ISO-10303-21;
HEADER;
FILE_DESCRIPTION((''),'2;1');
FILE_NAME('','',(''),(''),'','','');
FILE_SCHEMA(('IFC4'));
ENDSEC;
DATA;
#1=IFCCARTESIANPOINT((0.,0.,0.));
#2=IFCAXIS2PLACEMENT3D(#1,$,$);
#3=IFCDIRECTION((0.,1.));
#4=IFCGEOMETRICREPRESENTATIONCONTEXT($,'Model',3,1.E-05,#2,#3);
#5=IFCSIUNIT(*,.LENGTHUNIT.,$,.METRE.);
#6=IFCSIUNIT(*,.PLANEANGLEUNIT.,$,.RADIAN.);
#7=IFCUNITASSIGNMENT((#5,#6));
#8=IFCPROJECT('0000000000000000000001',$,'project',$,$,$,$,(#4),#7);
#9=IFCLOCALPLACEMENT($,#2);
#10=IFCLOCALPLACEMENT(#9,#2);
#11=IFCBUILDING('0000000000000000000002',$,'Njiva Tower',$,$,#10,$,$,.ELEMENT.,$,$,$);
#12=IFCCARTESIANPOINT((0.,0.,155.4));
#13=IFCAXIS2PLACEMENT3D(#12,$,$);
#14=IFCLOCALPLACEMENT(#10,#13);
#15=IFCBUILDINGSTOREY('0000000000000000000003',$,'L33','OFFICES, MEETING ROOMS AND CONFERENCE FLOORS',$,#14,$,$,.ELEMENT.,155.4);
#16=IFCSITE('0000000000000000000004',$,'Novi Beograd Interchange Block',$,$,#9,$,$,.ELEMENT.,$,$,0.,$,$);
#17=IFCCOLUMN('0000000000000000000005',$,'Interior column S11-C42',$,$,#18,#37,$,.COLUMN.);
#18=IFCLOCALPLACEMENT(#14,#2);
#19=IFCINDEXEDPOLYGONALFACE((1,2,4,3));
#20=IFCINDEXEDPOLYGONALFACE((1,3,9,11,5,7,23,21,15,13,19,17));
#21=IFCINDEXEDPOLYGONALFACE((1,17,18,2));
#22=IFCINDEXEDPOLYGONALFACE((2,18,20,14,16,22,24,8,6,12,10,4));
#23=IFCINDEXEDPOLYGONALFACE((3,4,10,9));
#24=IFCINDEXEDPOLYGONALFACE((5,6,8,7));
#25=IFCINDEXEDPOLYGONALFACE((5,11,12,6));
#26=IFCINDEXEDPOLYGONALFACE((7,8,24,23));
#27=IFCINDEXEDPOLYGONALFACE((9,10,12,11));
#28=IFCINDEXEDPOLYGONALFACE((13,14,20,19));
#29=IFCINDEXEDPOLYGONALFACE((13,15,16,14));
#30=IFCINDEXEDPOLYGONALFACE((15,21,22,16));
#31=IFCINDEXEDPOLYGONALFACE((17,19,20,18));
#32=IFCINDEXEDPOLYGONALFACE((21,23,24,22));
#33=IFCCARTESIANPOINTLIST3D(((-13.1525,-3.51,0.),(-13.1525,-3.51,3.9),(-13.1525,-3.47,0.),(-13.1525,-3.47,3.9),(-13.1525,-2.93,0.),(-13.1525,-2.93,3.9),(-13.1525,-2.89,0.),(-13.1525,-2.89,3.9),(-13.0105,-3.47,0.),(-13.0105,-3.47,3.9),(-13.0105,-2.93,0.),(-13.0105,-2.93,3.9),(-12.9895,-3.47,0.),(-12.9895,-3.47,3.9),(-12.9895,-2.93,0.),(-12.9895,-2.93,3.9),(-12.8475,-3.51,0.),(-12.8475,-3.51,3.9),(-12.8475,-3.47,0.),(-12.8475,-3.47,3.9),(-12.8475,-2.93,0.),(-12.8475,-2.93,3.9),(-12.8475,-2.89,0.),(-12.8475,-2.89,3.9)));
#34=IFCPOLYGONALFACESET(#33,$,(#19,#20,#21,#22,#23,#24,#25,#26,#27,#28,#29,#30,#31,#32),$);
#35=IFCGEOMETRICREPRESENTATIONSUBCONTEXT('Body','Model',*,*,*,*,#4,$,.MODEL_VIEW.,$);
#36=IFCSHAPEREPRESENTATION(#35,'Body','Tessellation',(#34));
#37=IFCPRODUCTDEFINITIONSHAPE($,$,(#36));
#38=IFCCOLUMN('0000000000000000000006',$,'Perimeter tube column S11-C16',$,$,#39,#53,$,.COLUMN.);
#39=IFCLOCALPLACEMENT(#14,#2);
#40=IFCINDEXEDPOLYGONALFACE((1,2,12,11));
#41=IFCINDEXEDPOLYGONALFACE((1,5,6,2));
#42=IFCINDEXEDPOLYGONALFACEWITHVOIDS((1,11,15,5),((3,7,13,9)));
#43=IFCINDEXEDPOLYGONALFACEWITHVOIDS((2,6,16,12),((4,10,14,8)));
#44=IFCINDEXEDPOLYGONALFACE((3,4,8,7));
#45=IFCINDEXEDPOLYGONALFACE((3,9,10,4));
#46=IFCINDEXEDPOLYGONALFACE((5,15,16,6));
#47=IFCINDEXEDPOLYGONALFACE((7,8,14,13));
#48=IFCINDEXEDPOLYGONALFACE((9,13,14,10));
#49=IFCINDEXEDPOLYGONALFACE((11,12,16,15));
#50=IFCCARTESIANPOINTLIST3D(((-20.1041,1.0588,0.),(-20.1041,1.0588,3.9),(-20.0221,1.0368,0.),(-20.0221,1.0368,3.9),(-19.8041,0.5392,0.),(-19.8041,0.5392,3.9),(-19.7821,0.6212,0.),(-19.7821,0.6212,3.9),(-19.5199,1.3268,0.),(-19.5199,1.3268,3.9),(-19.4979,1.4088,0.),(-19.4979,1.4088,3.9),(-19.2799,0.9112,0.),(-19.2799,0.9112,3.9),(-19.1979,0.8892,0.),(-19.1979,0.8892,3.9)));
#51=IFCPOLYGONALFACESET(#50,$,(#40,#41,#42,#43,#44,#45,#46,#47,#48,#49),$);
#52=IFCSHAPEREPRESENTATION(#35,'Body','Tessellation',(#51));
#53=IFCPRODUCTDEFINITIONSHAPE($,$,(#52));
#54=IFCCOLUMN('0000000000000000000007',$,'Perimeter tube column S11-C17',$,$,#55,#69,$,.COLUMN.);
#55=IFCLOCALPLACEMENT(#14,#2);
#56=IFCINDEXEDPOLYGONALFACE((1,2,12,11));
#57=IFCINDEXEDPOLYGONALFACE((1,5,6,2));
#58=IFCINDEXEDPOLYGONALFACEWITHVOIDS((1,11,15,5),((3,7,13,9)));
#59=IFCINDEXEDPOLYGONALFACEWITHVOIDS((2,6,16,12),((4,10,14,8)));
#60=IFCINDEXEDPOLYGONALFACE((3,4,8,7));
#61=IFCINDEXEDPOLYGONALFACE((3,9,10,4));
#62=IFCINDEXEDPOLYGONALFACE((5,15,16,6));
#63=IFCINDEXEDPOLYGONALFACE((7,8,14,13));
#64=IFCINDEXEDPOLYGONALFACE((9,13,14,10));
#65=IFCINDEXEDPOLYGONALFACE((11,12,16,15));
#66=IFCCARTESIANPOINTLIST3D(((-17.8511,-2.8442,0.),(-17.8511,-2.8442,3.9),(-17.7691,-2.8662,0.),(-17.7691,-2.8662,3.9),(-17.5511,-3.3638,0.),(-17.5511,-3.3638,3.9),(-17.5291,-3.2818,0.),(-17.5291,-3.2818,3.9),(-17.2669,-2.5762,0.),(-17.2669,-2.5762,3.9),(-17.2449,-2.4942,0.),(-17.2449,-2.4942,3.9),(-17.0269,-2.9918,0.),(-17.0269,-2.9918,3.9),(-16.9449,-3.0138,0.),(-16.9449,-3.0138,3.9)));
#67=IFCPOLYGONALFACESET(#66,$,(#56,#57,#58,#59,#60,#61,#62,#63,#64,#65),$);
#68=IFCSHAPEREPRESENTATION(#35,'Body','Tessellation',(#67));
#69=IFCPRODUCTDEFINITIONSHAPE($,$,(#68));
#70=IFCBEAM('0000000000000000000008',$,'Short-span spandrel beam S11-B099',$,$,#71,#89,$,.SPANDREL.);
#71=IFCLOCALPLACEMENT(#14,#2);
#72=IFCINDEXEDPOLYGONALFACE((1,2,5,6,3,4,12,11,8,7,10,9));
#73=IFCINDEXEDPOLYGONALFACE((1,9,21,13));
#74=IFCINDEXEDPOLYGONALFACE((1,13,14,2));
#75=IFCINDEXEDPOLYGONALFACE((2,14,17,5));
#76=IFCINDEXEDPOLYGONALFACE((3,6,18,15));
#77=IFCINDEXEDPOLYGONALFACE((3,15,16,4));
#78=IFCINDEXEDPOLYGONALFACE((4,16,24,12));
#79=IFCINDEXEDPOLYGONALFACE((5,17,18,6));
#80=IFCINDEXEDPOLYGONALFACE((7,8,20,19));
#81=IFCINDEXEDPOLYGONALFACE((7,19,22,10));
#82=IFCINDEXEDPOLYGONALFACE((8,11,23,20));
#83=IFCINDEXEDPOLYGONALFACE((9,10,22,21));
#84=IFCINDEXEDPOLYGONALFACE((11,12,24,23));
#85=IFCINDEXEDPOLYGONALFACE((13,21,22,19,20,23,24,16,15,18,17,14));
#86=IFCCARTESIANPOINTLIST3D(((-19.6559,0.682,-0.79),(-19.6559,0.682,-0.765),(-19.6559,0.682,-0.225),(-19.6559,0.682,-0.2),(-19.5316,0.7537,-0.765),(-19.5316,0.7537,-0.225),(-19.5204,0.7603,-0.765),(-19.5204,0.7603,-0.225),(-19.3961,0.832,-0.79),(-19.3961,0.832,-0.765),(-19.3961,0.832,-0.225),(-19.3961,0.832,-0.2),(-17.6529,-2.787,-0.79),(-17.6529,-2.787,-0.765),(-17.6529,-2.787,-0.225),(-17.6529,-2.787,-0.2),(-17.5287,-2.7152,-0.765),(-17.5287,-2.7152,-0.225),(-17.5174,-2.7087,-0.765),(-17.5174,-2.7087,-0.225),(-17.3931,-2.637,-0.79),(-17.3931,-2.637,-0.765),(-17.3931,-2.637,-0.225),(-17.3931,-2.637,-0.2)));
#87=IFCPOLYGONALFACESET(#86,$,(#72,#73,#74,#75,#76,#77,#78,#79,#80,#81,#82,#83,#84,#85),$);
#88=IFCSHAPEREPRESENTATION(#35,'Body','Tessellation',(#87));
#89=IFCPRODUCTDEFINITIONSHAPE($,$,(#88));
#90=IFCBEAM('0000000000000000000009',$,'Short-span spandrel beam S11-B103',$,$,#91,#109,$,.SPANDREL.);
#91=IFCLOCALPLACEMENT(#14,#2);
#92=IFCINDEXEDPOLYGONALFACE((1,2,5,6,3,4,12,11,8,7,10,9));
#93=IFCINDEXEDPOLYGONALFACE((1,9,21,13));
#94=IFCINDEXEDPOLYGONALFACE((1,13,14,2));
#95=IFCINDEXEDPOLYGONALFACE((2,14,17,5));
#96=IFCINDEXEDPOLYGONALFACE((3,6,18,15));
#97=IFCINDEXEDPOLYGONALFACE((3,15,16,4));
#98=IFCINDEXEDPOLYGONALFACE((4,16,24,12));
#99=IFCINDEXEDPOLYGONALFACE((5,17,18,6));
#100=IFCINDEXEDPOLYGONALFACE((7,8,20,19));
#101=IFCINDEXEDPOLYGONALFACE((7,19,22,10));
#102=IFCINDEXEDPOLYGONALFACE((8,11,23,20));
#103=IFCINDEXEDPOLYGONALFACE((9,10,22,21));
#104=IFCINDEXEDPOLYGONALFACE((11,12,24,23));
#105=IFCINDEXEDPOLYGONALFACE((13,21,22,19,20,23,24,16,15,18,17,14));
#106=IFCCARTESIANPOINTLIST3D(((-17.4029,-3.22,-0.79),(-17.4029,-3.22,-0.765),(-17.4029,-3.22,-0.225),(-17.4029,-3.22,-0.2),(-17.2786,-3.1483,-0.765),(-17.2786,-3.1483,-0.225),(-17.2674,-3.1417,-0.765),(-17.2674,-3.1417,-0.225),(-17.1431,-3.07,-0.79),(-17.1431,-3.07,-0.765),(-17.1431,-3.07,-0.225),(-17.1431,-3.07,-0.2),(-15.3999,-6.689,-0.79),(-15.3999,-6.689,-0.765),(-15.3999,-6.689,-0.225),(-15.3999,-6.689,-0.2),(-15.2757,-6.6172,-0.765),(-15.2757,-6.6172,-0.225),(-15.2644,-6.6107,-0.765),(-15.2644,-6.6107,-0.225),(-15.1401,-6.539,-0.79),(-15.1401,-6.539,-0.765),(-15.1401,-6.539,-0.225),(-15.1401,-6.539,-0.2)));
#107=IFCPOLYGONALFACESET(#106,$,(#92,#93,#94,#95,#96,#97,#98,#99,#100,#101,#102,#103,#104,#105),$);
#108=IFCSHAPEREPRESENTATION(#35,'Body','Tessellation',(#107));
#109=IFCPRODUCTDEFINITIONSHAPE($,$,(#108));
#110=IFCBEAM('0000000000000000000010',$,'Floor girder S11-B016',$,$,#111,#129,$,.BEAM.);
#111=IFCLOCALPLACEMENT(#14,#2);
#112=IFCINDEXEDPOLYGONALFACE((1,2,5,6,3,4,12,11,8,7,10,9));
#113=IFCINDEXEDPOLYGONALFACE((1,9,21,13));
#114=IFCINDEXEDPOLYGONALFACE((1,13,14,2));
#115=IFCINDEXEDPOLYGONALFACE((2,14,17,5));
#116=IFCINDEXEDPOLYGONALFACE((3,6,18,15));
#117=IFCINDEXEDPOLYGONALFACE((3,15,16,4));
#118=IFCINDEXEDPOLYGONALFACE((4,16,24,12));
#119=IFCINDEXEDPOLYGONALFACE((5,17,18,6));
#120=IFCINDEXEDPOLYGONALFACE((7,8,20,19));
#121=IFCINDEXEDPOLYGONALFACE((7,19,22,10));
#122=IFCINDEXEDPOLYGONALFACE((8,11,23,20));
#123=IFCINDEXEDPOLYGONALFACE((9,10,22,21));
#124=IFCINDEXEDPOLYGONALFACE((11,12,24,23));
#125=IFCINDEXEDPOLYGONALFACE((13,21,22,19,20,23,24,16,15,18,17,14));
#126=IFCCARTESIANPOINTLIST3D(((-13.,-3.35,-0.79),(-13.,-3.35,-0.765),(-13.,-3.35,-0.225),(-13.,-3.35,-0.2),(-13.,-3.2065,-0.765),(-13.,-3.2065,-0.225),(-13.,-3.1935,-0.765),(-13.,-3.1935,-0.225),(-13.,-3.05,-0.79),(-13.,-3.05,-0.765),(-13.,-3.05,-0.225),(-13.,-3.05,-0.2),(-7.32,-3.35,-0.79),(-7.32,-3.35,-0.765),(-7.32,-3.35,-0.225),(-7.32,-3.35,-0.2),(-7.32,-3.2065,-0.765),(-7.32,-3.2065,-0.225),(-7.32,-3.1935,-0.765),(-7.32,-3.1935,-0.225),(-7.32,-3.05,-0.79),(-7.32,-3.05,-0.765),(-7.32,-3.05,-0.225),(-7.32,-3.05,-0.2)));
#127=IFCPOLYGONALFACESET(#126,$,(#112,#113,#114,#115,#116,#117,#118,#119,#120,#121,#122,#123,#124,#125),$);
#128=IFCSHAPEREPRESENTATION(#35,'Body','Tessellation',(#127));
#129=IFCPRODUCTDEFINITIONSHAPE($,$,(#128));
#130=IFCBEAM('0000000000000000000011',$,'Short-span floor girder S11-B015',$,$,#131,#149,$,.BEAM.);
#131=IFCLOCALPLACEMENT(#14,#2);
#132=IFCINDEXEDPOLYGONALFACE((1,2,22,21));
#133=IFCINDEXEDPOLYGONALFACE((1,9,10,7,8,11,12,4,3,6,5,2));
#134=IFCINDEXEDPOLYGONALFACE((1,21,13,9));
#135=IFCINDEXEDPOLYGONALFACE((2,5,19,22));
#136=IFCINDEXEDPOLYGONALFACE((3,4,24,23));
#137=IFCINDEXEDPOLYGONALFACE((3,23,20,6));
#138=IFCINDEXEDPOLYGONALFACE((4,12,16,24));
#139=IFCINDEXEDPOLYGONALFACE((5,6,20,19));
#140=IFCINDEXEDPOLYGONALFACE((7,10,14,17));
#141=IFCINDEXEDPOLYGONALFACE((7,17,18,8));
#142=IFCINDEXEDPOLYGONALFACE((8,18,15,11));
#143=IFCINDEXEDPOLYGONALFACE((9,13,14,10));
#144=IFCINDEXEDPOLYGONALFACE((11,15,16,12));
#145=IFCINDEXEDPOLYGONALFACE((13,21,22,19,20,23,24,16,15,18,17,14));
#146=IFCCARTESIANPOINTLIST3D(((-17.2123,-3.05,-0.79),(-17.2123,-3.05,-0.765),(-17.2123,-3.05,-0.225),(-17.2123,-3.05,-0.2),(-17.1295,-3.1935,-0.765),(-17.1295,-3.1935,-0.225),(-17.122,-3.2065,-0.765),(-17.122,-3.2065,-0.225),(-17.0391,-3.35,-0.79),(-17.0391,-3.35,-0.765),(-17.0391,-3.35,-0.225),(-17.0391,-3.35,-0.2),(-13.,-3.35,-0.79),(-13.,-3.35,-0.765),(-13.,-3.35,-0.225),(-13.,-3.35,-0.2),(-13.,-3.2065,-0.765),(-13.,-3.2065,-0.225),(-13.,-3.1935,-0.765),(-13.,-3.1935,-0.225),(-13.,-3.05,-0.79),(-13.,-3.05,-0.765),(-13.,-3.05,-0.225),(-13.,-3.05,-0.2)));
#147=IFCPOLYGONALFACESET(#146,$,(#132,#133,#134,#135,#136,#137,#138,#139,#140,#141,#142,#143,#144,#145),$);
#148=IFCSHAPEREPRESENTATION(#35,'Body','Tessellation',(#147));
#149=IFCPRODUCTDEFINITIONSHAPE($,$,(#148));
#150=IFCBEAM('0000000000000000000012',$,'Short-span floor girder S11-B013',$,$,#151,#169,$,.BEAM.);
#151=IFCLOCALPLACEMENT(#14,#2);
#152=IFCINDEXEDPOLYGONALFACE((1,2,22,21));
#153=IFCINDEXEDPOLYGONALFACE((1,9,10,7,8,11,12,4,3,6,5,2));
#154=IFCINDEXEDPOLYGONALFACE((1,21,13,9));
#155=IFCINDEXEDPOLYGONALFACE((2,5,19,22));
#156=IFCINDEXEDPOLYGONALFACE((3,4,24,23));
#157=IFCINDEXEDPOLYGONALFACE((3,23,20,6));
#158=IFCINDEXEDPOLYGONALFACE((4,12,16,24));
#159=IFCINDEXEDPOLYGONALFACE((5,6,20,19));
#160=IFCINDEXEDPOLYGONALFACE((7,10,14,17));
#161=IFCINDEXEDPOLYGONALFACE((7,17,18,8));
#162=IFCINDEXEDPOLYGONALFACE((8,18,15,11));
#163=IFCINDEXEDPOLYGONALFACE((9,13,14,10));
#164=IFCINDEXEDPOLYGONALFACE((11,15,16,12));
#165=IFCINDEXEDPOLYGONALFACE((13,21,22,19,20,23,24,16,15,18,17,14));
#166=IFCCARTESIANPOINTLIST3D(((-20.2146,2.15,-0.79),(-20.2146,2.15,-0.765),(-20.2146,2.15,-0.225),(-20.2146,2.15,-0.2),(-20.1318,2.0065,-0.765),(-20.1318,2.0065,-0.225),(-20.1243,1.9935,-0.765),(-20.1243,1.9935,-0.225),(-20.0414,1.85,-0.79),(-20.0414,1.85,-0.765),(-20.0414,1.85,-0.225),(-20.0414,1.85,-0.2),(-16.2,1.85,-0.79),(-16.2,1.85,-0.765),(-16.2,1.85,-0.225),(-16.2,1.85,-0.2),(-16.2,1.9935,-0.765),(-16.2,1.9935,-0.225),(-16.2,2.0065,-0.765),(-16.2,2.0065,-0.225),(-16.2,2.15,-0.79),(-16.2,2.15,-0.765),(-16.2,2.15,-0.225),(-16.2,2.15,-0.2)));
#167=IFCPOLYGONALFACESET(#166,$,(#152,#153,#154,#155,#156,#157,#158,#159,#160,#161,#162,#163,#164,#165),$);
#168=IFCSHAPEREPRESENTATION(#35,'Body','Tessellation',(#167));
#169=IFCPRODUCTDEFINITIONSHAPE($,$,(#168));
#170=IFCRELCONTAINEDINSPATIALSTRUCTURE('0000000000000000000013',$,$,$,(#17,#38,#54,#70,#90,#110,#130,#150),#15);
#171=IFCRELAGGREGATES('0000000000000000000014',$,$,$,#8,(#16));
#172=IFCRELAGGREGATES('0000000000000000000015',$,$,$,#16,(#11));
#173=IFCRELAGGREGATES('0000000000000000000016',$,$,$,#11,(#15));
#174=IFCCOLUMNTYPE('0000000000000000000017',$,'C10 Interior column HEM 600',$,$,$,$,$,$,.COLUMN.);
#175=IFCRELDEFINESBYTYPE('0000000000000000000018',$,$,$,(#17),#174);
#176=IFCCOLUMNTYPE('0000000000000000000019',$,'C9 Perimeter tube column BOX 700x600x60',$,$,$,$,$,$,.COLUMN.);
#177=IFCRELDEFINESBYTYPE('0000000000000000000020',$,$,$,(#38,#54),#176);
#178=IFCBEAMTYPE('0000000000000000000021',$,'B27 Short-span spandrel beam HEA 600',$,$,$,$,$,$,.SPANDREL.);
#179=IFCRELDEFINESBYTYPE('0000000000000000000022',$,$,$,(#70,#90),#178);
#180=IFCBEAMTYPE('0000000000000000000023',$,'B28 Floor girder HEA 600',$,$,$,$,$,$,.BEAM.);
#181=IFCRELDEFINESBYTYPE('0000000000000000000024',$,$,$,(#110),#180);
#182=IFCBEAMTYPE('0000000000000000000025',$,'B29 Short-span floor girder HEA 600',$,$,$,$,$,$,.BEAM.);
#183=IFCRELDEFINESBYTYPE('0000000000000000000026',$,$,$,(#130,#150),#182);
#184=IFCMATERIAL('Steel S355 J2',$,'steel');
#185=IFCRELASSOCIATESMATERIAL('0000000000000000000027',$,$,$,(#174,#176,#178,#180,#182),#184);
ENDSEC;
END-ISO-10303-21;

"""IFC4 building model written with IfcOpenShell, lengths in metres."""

from ifc_helpers import new_model, si_unit, direction, frame, origin, origin_2d, place, context, subcontext, project, spatial, hollow_rectangle, i_section, extrude, clip, halfspace, material, material_profile, profile_set, type_object, element, save


model = new_model("IFC4")

# Units and contexts
model_context = context("Model", 3, precision=1e-05, world=origin(), true_north=direction((0.0, 1.0)))
body_context = subcontext(model_context, "Body", "Model", "MODEL_VIEW")
ifc_project = project(units=[si_unit("LENGTHUNIT", "METRE"), si_unit("PLANEANGLEUNIT", "RADIAN")], contexts=[model_context])

# Site, building, storey
site_placement = place(None, origin())
site = spatial("IfcSite", under=ifc_project, at=site_placement, Name="Novi Beograd Interchange Block", CompositionType="ELEMENT", RefElevation=0.0)
building_placement = place(site_placement, origin())
building = spatial("IfcBuilding", under=site, at=building_placement, Name="Njiva Tower", CompositionType="ELEMENT")
storey_placement = place(building_placement, frame((0.0, 0.0, 155.4)))
storey = spatial("IfcBuildingStorey", under=building, at=storey_placement, Name="L33", Description="OFFICES, MEETING ROOMS AND CONFERENCE FLOORS", CompositionType="ELEMENT", Elevation=155.4)

# Columns
ifc_material_1 = material(Name="Steel S355 J2", Category="steel")
ifc_material_profile_1 = material_profile(ifc_material_1, i_section(OverallWidth=0.305, OverallDepth=0.62, WebThickness=0.021, FlangeThickness=0.04, at=origin_2d()), Name="HEM 600")
ifc_profile_set_1 = profile_set([ifc_material_profile_1], Name="Steel S355 J2")
column_type_1 = type_object("IfcColumnType", Name="C10 Interior column HEM 600", PredefinedType="COLUMN", material=ifc_profile_set_1)
column_placement = place(storey_placement, frame((-13.0, -3.2, 0.0), z_axis=(0.0, 0.0, 1.0), x_axis=(1.0, 0.0, 0.0)))
element("IfcColumn", 1, at=column_placement, inside=storey, type_object=column_type_1, Name="Interior column S11-C42", PredefinedType="COLUMN", context=body_context, shape_type="SweptSolid", body=[
    extrude(i_section(OverallWidth=0.305, OverallDepth=0.62, WebThickness=0.021, FlangeThickness=0.04, at=origin_2d()), origin(), (0.0, 0.0, 1.0), 3.9),
])
ifc_material_profile_2 = material_profile(ifc_material_1, hollow_rectangle(XDim=0.6, YDim=0.7, WallThickness=0.06, at=origin_2d()), Name="BOX 700x600x60")
ifc_profile_set_2 = profile_set([ifc_material_profile_2], Name="Steel S355 J2")
column_type_2 = type_object("IfcColumnType", Name="C9 Perimeter tube column BOX 700x600x60", PredefinedType="COLUMN", material=ifc_profile_set_2)
for number, where, z_axis, x_axis, name in (
    (2, (-19.651, 0.974, 0.0), (0.0, 0.0, 1.0), (0.5, -0.866025, 0.0), "Perimeter tube column S11-C16"),
    (3, (-17.398, -2.929, 0.0), (0.0, 0.0, 1.0), (0.5, -0.866025, 0.0), "Perimeter tube column S11-C17"),
):
    element("IfcColumn", number, at=place(storey_placement, frame(where, z_axis=z_axis, x_axis=x_axis)), inside=storey, type_object=column_type_2, Name=name, PredefinedType="COLUMN", context=body_context, shape_type="SweptSolid", body=[
        extrude(hollow_rectangle(XDim=0.6, YDim=0.7, WallThickness=0.06, at=origin_2d()), origin(), (0.0, 0.0, 1.0), 3.9),
    ])

# Beams
ifc_material_profile_3 = material_profile(ifc_material_1, i_section(OverallWidth=0.3, OverallDepth=0.59, WebThickness=0.013, FlangeThickness=0.025, at=origin_2d()), Name="HEA 600")
ifc_profile_set_3 = profile_set([ifc_material_profile_3], Name="Steel S355 J2")
beam_type_1 = type_object("IfcBeamType", Name="B27 Short-span spandrel beam HEA 600", PredefinedType="SPANDREL", material=ifc_profile_set_3)
for number, where, z_axis, x_axis, name in (
    (4, (-19.526, 0.757, -0.495), (0.500032, -0.866007, 0.0), (0.866007, 0.500032, 0.0), "Short-span spandrel beam S11-B099"),
    (5, (-17.273, -3.145, -0.495), (0.500032, -0.866007, 0.0), (0.866007, 0.500032, 0.0), "Short-span spandrel beam S11-B103"),
):
    element("IfcBeam", number, at=place(storey_placement, frame(where, z_axis=z_axis, x_axis=x_axis)), inside=storey, type_object=beam_type_1, Name=name, PredefinedType="SPANDREL", context=body_context, shape_type="SweptSolid", body=[
        extrude(i_section(OverallWidth=0.3, OverallDepth=0.59, WebThickness=0.013, FlangeThickness=0.025, at=origin_2d()), origin(), (0.0, 0.0, 1.0), 4.0057),
    ])
ifc_material_profile_4 = material_profile(ifc_material_1, i_section(OverallWidth=0.3, OverallDepth=0.59, WebThickness=0.013, FlangeThickness=0.025, at=origin_2d()), Name="HEA 600")
ifc_profile_set_4 = profile_set([ifc_material_profile_4], Name="Steel S355 J2")
beam_type_2 = type_object("IfcBeamType", Name="B28 Floor girder HEA 600", PredefinedType="BEAM", material=ifc_profile_set_4)
beam_1_placement = place(storey_placement, frame((-13.0, -3.2, -0.495), z_axis=(1.0, 0.0, 0.0), x_axis=(0.0, 1.0, 0.0)))
element("IfcBeam", 6, at=beam_1_placement, inside=storey, type_object=beam_type_2, Name="Floor girder S11-B016", PredefinedType="BEAM", context=body_context, shape_type="SweptSolid", body=[
    extrude(i_section(OverallWidth=0.3, OverallDepth=0.59, WebThickness=0.013, FlangeThickness=0.025, at=origin_2d()), origin(), (0.0, 0.0, 1.0), 5.68),
])
ifc_material_profile_5 = material_profile(ifc_material_1, i_section(OverallWidth=0.3, OverallDepth=0.59, WebThickness=0.013, FlangeThickness=0.025, at=origin_2d()), Name="HEA 600")
ifc_profile_set_5 = profile_set([ifc_material_profile_5], Name="Steel S355 J2")
beam_type_3 = type_object("IfcBeamType", Name="B29 Short-span floor girder HEA 600", PredefinedType="BEAM", material=ifc_profile_set_5)
beam_2_placement = place(storey_placement, frame((-17.233, -3.2, -0.495), z_axis=(1.0, 0.0, 0.0), x_axis=(0.0, 1.0, 0.0)))
element("IfcBeam", 7, at=beam_2_placement, inside=storey, type_object=beam_type_3, Name="Short-span floor girder S11-B015", PredefinedType="BEAM", context=body_context, shape_type="Clipping", body=[
    clip(extrude(i_section(OverallWidth=0.3, OverallDepth=0.59, WebThickness=0.013, FlangeThickness=0.025, at=origin_2d()), origin(), (0.0, 0.0, 1.0), 4.233), halfspace(frame((-0.025, 0.0, 0.1217), z_axis=(-0.499998, 0.0, -0.866027), x_axis=(0.0, -1.0, 0.0)), False)),
])
beam_3_placement = place(storey_placement, frame((-20.235, 2.0, -0.495), z_axis=(1.0, 0.0, 0.0), x_axis=(0.0, 1.0, 0.0)))
element("IfcBeam", 8, at=beam_3_placement, inside=storey, type_object=beam_type_3, Name="Short-span floor girder S11-B013", PredefinedType="BEAM", context=body_context, shape_type="Clipping", body=[
    clip(extrude(i_section(OverallWidth=0.3, OverallDepth=0.59, WebThickness=0.013, FlangeThickness=0.025, at=origin_2d()), origin(), (0.0, 0.0, 1.0), 4.035), halfspace(frame((-0.025, 0.0, 0.1214), z_axis=(-0.499998, 0.0, -0.866027), x_axis=(0.0, -1.0, 0.0)), False)),
])

save(model, "model.ifc")
